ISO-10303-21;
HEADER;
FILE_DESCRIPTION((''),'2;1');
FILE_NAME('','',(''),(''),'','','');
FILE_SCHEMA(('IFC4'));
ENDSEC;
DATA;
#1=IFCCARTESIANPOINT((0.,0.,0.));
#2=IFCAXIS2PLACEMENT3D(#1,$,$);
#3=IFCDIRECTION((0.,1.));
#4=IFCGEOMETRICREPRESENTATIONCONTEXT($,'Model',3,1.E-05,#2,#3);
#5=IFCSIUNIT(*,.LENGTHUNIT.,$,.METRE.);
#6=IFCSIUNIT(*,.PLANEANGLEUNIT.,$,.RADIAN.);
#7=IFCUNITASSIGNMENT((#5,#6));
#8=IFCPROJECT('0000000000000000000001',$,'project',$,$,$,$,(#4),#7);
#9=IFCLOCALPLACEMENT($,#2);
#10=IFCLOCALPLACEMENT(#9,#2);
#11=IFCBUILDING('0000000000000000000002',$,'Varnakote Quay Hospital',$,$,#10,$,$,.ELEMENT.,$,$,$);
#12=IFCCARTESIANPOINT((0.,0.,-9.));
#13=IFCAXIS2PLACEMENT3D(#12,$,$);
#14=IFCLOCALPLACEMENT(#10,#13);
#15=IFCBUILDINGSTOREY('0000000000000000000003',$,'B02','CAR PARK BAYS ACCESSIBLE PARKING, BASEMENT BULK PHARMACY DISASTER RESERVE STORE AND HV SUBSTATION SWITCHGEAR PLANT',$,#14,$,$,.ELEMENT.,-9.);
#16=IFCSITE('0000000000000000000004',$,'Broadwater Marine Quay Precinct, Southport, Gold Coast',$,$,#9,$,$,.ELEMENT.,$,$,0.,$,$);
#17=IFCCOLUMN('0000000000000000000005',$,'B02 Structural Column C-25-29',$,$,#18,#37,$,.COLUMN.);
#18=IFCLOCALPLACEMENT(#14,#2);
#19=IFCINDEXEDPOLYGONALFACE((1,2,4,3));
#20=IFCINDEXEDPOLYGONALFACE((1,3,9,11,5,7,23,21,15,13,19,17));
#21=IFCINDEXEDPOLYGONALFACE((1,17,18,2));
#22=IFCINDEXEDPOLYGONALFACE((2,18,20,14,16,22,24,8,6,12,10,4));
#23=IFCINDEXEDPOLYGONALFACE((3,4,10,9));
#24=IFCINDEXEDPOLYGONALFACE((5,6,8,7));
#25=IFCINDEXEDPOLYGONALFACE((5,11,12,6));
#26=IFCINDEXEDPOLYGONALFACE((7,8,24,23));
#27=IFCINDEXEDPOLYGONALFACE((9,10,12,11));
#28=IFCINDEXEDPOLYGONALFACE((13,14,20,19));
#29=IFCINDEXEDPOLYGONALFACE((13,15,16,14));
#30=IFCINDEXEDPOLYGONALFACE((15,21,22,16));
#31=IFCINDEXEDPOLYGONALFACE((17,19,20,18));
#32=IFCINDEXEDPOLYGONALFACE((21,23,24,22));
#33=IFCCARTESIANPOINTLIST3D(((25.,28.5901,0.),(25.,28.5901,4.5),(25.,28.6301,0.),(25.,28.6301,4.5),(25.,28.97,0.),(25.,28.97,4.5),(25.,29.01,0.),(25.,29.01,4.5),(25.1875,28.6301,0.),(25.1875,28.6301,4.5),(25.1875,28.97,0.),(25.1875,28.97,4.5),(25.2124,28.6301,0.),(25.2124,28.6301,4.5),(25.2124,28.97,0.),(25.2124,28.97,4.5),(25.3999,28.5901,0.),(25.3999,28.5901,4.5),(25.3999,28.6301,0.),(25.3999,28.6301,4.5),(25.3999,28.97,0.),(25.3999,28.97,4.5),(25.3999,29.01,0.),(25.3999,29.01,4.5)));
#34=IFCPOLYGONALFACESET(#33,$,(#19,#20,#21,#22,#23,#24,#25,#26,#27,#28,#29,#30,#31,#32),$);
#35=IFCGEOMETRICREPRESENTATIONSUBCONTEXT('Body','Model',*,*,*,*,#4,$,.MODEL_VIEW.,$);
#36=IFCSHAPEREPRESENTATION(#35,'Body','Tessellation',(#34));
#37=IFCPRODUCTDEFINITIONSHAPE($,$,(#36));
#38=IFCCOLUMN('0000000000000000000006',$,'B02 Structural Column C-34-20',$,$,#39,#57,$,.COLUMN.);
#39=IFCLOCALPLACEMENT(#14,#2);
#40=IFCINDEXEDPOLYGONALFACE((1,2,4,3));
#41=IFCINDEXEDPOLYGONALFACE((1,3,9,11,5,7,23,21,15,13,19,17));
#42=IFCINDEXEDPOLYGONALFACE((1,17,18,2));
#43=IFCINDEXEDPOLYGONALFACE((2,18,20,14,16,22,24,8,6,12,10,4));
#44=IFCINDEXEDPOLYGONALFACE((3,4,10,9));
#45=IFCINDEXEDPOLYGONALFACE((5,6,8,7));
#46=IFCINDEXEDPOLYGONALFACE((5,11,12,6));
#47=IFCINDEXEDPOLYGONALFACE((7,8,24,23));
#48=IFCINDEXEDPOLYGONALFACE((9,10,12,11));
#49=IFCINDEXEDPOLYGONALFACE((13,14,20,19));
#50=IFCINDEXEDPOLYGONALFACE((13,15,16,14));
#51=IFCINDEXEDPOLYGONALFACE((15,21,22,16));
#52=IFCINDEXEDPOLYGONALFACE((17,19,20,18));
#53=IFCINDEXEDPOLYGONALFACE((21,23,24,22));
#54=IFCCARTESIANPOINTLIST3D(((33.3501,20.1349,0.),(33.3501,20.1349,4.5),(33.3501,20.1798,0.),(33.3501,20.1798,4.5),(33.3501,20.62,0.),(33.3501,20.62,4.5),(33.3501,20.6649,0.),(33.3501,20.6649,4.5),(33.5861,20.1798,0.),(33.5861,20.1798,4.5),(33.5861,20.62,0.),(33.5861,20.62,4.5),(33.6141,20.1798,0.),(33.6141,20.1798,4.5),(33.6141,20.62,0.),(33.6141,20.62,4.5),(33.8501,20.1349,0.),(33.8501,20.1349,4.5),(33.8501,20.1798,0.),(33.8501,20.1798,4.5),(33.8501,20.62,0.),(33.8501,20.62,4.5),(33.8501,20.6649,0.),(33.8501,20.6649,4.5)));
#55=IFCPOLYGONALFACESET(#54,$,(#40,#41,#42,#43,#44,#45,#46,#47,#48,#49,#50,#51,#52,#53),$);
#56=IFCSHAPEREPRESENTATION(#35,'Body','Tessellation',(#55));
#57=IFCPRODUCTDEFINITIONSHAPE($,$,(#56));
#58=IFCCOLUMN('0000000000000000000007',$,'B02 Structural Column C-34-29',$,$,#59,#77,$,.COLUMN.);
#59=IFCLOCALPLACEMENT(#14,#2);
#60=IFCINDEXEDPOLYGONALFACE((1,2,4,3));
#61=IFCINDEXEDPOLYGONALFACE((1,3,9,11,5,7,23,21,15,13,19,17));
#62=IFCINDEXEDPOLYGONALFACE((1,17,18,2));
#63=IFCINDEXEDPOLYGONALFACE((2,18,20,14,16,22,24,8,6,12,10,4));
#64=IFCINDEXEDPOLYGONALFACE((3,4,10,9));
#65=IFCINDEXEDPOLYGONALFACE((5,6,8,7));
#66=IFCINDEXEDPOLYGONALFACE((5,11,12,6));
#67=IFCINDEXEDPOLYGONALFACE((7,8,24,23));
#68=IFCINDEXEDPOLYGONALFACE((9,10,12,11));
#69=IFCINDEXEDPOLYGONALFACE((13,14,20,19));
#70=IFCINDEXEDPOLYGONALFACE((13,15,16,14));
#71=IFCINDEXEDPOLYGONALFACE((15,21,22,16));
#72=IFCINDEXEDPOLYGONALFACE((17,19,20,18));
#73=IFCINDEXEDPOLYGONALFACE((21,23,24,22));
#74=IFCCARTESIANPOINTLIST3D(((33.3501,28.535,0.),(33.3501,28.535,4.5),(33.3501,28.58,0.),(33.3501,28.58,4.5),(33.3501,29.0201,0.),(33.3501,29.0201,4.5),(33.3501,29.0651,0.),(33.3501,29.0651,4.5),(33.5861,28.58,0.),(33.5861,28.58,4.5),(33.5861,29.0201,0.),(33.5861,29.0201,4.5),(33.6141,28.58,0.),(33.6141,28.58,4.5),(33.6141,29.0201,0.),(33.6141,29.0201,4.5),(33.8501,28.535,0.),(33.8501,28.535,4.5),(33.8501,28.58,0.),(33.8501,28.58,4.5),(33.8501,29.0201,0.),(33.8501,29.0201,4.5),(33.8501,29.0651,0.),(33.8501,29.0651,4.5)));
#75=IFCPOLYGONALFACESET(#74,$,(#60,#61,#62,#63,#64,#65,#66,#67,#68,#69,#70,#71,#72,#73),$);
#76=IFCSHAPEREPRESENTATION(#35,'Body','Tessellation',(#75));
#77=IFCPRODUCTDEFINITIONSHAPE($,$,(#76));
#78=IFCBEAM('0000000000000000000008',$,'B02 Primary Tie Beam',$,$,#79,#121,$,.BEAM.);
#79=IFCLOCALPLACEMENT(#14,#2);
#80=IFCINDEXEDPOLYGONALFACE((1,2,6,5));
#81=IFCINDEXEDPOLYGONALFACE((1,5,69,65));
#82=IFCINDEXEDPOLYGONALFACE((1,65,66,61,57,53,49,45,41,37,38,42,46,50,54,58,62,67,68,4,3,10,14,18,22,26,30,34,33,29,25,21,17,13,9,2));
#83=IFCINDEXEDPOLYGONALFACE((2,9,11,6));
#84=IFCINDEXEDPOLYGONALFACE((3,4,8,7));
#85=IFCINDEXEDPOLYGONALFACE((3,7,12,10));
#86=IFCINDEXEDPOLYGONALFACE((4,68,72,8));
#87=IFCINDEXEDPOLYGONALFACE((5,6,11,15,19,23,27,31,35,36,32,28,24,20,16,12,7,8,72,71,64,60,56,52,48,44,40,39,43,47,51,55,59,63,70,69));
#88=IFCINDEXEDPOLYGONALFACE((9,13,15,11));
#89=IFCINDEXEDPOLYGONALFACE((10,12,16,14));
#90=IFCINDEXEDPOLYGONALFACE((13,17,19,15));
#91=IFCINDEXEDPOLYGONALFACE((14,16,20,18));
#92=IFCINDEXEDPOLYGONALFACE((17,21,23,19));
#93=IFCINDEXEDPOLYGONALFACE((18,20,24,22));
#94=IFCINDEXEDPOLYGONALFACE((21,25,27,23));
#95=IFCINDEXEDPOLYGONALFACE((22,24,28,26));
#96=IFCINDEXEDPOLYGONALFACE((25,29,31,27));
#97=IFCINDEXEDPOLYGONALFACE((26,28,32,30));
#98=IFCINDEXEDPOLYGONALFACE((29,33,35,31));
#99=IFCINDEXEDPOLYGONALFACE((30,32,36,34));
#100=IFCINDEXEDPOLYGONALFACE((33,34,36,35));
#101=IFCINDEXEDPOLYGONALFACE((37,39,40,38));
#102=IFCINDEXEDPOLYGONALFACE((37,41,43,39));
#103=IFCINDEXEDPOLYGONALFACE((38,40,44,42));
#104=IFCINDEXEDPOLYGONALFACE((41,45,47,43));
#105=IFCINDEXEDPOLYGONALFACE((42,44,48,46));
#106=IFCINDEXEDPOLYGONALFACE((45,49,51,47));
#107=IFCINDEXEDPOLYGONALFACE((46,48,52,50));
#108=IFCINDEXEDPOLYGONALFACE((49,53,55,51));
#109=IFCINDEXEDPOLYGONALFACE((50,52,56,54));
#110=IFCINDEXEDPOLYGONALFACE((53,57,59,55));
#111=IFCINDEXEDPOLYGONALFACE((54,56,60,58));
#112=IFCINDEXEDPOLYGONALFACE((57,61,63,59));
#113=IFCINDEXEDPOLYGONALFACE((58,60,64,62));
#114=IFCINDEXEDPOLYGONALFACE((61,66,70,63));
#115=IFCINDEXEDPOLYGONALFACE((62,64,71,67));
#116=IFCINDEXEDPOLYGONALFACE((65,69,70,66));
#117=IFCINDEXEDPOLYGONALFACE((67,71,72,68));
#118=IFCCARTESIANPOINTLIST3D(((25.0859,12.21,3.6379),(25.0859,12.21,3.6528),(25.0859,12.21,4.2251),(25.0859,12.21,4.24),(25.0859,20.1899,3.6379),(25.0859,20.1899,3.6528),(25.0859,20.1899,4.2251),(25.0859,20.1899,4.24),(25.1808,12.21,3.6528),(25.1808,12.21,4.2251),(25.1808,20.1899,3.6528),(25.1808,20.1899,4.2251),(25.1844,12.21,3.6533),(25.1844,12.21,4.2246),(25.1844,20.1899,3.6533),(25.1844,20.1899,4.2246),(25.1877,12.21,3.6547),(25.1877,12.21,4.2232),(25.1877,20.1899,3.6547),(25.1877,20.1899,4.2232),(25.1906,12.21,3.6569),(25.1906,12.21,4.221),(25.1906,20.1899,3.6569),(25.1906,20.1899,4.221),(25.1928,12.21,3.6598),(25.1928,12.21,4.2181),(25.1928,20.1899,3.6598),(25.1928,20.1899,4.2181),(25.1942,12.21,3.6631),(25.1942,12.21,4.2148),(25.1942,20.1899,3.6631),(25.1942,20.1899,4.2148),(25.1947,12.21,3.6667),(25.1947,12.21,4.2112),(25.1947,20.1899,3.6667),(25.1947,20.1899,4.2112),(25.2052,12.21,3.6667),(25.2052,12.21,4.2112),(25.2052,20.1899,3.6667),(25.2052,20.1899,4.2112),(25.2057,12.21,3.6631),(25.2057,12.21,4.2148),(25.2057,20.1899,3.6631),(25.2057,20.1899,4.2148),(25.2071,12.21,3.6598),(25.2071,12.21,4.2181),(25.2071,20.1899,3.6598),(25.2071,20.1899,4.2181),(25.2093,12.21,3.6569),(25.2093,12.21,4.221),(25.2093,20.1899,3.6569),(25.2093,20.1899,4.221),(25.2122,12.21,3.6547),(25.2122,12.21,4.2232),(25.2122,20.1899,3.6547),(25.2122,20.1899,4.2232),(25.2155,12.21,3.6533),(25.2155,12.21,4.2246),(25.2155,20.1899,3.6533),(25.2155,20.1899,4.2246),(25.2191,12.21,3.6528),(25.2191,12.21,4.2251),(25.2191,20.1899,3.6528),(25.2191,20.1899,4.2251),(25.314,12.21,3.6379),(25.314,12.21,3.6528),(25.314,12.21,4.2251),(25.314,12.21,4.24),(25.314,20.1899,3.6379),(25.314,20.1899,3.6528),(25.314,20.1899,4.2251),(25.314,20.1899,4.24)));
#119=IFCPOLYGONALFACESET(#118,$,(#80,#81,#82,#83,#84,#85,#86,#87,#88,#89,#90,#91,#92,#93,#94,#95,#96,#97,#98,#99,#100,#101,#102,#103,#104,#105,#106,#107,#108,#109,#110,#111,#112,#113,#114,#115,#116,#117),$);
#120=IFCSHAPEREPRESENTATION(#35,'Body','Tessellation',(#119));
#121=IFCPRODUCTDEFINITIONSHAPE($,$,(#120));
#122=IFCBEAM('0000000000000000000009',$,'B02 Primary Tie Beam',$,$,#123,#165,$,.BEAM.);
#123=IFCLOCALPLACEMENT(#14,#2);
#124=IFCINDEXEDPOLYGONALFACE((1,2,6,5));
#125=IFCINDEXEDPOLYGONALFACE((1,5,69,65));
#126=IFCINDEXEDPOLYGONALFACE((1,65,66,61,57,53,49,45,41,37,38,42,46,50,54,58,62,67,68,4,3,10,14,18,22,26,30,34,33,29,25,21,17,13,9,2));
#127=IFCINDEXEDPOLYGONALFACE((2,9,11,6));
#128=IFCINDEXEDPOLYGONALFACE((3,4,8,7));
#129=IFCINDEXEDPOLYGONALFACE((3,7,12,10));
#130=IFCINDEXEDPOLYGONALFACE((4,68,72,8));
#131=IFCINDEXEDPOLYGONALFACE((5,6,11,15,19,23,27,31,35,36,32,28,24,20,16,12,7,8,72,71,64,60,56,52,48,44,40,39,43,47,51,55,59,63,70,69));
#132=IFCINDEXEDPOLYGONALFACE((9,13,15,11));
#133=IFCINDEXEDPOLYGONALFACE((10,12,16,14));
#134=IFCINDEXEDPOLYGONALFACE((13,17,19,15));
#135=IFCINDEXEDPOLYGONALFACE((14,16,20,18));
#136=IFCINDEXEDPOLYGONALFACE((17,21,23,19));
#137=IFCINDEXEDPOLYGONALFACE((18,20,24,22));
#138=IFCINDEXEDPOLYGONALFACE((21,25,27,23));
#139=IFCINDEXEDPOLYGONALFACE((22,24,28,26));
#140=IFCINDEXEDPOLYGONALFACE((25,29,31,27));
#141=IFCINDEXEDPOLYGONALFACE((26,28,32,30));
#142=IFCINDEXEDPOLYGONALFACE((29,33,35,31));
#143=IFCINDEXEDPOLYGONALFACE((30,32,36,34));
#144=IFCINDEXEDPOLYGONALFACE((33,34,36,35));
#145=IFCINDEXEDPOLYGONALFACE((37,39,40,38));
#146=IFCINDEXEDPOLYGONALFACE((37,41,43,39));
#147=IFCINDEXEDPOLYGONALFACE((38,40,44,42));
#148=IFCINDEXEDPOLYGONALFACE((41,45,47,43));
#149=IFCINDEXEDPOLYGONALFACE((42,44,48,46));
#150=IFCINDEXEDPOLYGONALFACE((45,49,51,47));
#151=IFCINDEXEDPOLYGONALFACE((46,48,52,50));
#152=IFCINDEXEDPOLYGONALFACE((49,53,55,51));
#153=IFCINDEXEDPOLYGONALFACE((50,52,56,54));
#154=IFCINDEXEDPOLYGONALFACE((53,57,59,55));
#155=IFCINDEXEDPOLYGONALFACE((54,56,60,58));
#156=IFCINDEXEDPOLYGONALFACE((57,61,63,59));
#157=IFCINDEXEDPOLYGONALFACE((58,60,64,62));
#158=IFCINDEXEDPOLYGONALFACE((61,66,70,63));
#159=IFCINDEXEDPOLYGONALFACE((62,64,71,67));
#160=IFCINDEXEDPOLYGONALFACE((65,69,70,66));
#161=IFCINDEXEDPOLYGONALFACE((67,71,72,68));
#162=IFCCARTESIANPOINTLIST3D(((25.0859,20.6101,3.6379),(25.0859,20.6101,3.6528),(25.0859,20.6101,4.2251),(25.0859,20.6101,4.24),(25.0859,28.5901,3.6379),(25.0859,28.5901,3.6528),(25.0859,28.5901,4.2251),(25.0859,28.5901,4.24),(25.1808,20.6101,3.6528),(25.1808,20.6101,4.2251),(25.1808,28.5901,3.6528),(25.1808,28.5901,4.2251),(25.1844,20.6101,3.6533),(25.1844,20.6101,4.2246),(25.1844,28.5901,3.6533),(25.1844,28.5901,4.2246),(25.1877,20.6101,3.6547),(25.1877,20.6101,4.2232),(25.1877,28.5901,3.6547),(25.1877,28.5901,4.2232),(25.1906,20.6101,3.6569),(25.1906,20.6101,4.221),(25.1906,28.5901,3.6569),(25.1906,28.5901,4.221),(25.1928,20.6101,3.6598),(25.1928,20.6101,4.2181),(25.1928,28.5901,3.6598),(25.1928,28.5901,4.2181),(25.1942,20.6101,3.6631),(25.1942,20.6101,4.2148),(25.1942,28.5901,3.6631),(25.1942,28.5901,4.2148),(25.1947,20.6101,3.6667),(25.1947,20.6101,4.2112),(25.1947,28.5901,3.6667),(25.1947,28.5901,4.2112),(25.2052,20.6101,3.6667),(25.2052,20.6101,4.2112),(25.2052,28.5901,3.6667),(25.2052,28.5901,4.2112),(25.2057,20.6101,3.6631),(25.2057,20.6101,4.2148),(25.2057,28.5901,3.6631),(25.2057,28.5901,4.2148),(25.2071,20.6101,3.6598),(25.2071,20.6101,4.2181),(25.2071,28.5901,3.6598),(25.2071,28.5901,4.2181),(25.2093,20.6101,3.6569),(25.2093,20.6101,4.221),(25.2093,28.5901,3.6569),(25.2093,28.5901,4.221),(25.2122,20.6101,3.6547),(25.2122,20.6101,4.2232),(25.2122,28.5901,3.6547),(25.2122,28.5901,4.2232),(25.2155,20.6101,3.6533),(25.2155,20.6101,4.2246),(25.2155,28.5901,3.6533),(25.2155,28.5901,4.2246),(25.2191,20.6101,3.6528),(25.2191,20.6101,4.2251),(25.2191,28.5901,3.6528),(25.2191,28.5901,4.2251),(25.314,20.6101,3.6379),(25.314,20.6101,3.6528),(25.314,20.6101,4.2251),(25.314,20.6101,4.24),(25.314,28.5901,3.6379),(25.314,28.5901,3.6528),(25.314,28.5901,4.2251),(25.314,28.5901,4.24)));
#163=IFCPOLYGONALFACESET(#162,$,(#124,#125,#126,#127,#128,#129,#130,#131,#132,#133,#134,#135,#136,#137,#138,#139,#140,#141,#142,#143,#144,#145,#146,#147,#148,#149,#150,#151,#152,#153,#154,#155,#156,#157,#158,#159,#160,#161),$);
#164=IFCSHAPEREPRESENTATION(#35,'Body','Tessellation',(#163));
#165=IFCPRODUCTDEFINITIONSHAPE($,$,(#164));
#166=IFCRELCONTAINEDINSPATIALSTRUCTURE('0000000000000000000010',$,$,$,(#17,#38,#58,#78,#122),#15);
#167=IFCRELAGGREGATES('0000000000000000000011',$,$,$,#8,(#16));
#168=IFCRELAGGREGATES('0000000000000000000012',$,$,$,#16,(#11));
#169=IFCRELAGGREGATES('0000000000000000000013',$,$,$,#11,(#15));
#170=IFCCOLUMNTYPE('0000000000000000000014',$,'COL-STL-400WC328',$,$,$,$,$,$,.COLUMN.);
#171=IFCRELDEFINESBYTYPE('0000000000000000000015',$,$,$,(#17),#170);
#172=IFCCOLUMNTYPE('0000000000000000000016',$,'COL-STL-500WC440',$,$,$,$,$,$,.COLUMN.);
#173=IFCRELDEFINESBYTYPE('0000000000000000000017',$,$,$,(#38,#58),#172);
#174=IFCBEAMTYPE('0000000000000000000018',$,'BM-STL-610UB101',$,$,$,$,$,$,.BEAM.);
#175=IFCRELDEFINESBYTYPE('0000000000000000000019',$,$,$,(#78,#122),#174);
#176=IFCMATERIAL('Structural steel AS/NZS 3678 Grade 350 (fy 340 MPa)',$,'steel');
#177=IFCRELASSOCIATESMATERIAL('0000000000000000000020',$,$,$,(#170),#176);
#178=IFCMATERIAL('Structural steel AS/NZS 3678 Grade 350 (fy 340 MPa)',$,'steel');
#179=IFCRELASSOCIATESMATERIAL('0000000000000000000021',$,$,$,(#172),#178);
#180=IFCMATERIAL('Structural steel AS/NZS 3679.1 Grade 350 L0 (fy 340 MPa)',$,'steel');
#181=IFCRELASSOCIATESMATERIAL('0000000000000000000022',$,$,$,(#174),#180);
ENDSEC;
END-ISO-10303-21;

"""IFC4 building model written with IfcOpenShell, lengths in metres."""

from ifc_helpers import new_model, si_unit, direction, frame, origin, origin_2d, place, context, subcontext, project, spatial, i_section, extrude, material, material_profile, profile_set, type_object, element, save


model = new_model("IFC4")

# Units and contexts
model_context = context("Model", 3, precision=1e-05, world=origin(), true_north=direction((0.0, 1.0)))
body_context = subcontext(model_context, "Body", "Model", "MODEL_VIEW")
ifc_project = project(units=[si_unit("LENGTHUNIT", "METRE"), si_unit("PLANEANGLEUNIT", "RADIAN")], contexts=[model_context])

# Site, building, storey
site_placement = place(None, origin())
site = spatial("IfcSite", under=ifc_project, at=site_placement, Name="Broadwater Marine Quay Precinct, Southport, Gold Coast", CompositionType="ELEMENT", RefElevation=0.0)
building_placement = place(site_placement, origin())
building = spatial("IfcBuilding", under=site, at=building_placement, Name="Varnakote Quay Hospital", CompositionType="ELEMENT")
storey_placement = place(building_placement, frame((0.0, 0.0, -9.0)))
storey = spatial("IfcBuildingStorey", under=building, at=storey_placement, Name="B02", Description="CAR PARK BAYS ACCESSIBLE PARKING, BASEMENT BULK PHARMACY DISASTER RESERVE STORE AND HV SUBSTATION SWITCHGEAR PLANT", CompositionType="ELEMENT", Elevation=-9.0)

# Columns
ifc_material_1 = material(Name="Structural steel AS/NZS 3678 Grade 350 (fy 340 MPa)", Category="steel")
ifc_material_profile_1 = material_profile(ifc_material_1, i_section(OverallWidth=0.3999, OverallDepth=0.4199, WebThickness=0.0249, FlangeThickness=0.04, at=origin_2d()), Name="400WC328")
ifc_profile_set_1 = profile_set([ifc_material_profile_1], Name="Structural steel AS/NZS 3678 Grade 350 (fy 340 MPa)")
column_type_1 = type_object("IfcColumnType", Name="COL-STL-400WC328", PredefinedType="COLUMN", material=ifc_profile_set_1)
for number, where, z_axis, x_axis, name in (
    (1, (25.2, 28.8, 0.0), (0.0, 0.0, 1.0), (1.0, 0.0, 0.0), "B02 Structural Column C-25-29"),
):
    element("IfcColumn", number, at=place(storey_placement, frame(where, z_axis=z_axis, x_axis=x_axis)), inside=storey, type_object=column_type_1, Name=name, PredefinedType="COLUMN", context=body_context, shape_type="SweptSolid", body=[
        extrude(i_section(OverallWidth=0.3999, OverallDepth=0.4199, WebThickness=0.0249, FlangeThickness=0.04, at=origin_2d()), origin(), (0.0, 0.0, 1.0), 4.5),
    ])
ifc_material_2 = material(Name="Structural steel AS/NZS 3678 Grade 350 (fy 340 MPa)", Category="steel")
ifc_material_profile_2 = material_profile(ifc_material_2, i_section(OverallWidth=0.5, OverallDepth=0.53, WebThickness=0.0281, FlangeThickness=0.0449, at=origin_2d()), Name="500WC440")
ifc_profile_set_2 = profile_set([ifc_material_profile_2], Name="Structural steel AS/NZS 3678 Grade 350 (fy 340 MPa)")
column_type_2 = type_object("IfcColumnType", Name="COL-STL-500WC440", PredefinedType="COLUMN", material=ifc_profile_set_2)
for number, where, z_axis, x_axis, name in (
    (2, (33.6001, 20.3999, 0.0), (0.0, 0.0, 1.0), (1.0, 0.0, 0.0), "B02 Structural Column C-34-20"),
    (3, (33.6001, 28.8, 0.0), (0.0, 0.0, 1.0), (1.0, 0.0, 0.0), "B02 Structural Column C-34-29"),
):
    element("IfcColumn", number, at=place(storey_placement, frame(where, z_axis=z_axis, x_axis=x_axis)), inside=storey, type_object=column_type_2, Name=name, PredefinedType="COLUMN", context=body_context, shape_type="SweptSolid", body=[
        extrude(i_section(OverallWidth=0.5, OverallDepth=0.53, WebThickness=0.0281, FlangeThickness=0.0449, at=origin_2d()), origin(), (0.0, 0.0, 1.0), 4.5),
    ])

# Beams
ifc_material_3 = material(Name="Structural steel AS/NZS 3679.1 Grade 350 L0 (fy 340 MPa)", Category="steel")
ifc_material_profile_3 = material_profile(ifc_material_3, i_section(OverallWidth=0.228, OverallDepth=0.6021, WebThickness=0.0105, FlangeThickness=0.0149, FilletRadius=0.0139, at=origin_2d()), Name="610UB101")
ifc_profile_set_3 = profile_set([ifc_material_profile_3], Name="Structural steel AS/NZS 3679.1 Grade 350 L0 (fy 340 MPa)")
beam_type_1 = type_object("IfcBeamType", Name="BM-STL-610UB101", PredefinedType="BEAM", material=ifc_profile_set_3)
for number, where, z_axis, x_axis, name in (
    (4, (25.2, 12.21, 3.939), (0.0, 1.0, 0.0), (-1.0, 0.0, 0.0), "B02 Primary Tie Beam"),
    (5, (25.2, 20.6101, 3.939), (0.0, 1.0, 0.0), (-1.0, 0.0, 0.0), "B02 Primary Tie Beam"),
):
    element("IfcBeam", number, at=place(storey_placement, frame(where, z_axis=z_axis, x_axis=x_axis)), inside=storey, type_object=beam_type_1, Name=name, PredefinedType="BEAM", context=body_context, shape_type="SweptSolid", body=[
        extrude(i_section(OverallWidth=0.228, OverallDepth=0.6021, WebThickness=0.0105, FlangeThickness=0.0149, FilletRadius=0.0139, at=origin_2d()), origin(), (0.0, 0.0, 1.0), 7.98),
    ])

save(model, "model.ifc")
